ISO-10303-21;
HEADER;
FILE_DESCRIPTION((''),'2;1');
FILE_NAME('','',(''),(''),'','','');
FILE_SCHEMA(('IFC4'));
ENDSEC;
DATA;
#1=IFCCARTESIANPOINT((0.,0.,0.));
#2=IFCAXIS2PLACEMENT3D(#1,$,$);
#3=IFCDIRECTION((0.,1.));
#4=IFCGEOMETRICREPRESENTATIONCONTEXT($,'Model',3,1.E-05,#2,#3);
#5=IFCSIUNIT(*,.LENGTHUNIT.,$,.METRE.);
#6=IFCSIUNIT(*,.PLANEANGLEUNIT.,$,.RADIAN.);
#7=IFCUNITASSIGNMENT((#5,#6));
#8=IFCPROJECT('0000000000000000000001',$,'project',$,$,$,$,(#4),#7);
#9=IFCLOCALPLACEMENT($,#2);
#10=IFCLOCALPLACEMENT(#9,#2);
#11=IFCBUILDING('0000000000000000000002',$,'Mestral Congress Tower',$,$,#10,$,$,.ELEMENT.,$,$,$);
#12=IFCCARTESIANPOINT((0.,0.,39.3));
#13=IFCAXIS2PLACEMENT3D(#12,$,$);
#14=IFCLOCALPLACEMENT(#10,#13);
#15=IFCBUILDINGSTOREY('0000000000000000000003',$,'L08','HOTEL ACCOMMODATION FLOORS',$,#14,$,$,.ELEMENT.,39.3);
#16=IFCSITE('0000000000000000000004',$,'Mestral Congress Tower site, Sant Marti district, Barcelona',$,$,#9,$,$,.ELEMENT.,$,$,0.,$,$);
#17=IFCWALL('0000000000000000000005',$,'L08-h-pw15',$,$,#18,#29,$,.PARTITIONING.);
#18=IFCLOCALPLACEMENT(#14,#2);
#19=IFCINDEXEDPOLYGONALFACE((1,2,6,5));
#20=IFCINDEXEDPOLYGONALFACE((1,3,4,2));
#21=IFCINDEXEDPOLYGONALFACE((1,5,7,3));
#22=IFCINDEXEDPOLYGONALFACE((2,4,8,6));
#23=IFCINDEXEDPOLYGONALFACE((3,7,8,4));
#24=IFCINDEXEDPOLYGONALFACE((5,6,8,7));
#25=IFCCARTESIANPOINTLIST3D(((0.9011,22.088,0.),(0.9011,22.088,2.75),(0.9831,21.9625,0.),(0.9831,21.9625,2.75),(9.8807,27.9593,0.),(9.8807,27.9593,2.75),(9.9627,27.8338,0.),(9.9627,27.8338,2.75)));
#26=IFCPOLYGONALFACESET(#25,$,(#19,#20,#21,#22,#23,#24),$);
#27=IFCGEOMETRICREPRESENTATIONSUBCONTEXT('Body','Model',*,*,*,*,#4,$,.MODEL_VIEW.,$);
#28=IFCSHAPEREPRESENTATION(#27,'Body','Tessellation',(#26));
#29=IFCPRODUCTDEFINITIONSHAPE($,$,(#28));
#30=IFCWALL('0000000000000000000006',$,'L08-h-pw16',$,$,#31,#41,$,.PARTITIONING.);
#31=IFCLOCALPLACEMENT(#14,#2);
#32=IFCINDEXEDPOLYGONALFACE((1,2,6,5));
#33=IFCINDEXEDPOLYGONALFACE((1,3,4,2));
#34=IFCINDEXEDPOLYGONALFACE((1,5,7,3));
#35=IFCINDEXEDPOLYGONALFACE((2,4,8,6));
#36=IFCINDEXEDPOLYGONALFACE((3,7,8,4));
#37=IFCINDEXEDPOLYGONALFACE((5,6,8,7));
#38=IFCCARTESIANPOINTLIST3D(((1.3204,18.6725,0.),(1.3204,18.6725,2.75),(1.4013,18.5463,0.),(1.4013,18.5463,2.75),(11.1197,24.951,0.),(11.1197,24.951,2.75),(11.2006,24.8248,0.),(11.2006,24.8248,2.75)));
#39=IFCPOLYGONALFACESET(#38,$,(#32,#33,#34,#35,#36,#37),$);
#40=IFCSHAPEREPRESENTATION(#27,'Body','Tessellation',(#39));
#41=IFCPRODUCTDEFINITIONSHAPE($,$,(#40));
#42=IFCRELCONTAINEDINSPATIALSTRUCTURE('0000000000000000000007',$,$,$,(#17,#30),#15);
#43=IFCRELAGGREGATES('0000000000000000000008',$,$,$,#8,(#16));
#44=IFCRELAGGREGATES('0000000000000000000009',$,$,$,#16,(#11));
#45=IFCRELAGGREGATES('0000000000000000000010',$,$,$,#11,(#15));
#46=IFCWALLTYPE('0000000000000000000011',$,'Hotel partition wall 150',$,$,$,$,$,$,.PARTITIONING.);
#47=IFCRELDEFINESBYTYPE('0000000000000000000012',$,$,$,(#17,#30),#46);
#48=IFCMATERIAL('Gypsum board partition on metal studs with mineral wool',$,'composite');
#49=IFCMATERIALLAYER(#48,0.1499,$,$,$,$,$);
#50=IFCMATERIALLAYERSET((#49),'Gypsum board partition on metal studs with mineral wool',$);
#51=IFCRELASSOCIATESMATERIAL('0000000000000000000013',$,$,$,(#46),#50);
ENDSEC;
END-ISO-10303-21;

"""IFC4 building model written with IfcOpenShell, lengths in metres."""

from ifc_helpers import new_model, si_unit, direction, frame, frame_2d, origin, place, context, subcontext, project, spatial, rectangle, extrude, material, layer, layer_set, type_object, element, save


model = new_model("IFC4")

# Units and contexts
model_context = context("Model", 3, precision=1e-05, world=origin(), true_north=direction((0.0, 1.0)))
body_context = subcontext(model_context, "Body", "Model", "MODEL_VIEW")
ifc_project = project(units=[si_unit("LENGTHUNIT", "METRE"), si_unit("PLANEANGLEUNIT", "RADIAN")], contexts=[model_context])

# Site, building, storey
site_placement = place(None, origin())
site = spatial("IfcSite", under=ifc_project, at=site_placement, Name="Mestral Congress Tower site, Sant Marti district, Barcelona", CompositionType="ELEMENT", RefElevation=0.0)
building_placement = place(site_placement, origin())
building = spatial("IfcBuilding", under=site, at=building_placement, Name="Mestral Congress Tower", CompositionType="ELEMENT")
storey_placement = place(building_placement, frame((0.0, 0.0, 39.3)))
storey = spatial("IfcBuildingStorey", under=building, at=storey_placement, Name="L08", Description="HOTEL ACCOMMODATION FLOORS", CompositionType="ELEMENT", Elevation=39.3)

# Walls
ifc_material_1 = material(Name="Gypsum board partition on metal studs with mineral wool", Category="composite")
ifc_layer_1 = layer(ifc_material_1, 0.1499)
ifc_layer_set_1 = layer_set([ifc_layer_1], Name="Gypsum board partition on metal studs with mineral wool")
wall_type_1 = type_object("IfcWallType", Name="Hotel partition wall 150", PredefinedType="PARTITIONING", material=ifc_layer_set_1)
wall_1_placement = place(storey_placement, frame((9.9216, 27.8965, 0.0), z_axis=(0.0, 0.0, 1.0), x_axis=(-0.836971, -0.547248, 0.0)))
element("IfcWall", 1, at=wall_1_placement, inside=storey, type_object=wall_type_1, Name="L08-h-pw15", PredefinedType="PARTITIONING", context=body_context, shape_type="SweptSolid", body=[
    extrude(rectangle(XDim=10.7288, YDim=0.1499, at=frame_2d((5.3643, 0.0))), origin(), (0.0, 0.0, 1.0), 2.75),
])
wall_2_placement = place(storey_placement, frame((11.1602, 24.8879, 0.0), z_axis=(0.0, 0.0, 1.0), x_axis=(-0.841998, -0.53948, 0.0)))
element("IfcWall", 2, at=wall_2_placement, inside=storey, type_object=wall_type_1, Name="L08-h-pw16", PredefinedType="PARTITIONING", context=body_context, shape_type="SweptSolid", body=[
    extrude(rectangle(XDim=11.6382, YDim=0.1499, at=frame_2d((5.8191, 0.0))), origin(), (0.0, 0.0, 1.0), 2.75),
])

save(model, "model.ifc")
